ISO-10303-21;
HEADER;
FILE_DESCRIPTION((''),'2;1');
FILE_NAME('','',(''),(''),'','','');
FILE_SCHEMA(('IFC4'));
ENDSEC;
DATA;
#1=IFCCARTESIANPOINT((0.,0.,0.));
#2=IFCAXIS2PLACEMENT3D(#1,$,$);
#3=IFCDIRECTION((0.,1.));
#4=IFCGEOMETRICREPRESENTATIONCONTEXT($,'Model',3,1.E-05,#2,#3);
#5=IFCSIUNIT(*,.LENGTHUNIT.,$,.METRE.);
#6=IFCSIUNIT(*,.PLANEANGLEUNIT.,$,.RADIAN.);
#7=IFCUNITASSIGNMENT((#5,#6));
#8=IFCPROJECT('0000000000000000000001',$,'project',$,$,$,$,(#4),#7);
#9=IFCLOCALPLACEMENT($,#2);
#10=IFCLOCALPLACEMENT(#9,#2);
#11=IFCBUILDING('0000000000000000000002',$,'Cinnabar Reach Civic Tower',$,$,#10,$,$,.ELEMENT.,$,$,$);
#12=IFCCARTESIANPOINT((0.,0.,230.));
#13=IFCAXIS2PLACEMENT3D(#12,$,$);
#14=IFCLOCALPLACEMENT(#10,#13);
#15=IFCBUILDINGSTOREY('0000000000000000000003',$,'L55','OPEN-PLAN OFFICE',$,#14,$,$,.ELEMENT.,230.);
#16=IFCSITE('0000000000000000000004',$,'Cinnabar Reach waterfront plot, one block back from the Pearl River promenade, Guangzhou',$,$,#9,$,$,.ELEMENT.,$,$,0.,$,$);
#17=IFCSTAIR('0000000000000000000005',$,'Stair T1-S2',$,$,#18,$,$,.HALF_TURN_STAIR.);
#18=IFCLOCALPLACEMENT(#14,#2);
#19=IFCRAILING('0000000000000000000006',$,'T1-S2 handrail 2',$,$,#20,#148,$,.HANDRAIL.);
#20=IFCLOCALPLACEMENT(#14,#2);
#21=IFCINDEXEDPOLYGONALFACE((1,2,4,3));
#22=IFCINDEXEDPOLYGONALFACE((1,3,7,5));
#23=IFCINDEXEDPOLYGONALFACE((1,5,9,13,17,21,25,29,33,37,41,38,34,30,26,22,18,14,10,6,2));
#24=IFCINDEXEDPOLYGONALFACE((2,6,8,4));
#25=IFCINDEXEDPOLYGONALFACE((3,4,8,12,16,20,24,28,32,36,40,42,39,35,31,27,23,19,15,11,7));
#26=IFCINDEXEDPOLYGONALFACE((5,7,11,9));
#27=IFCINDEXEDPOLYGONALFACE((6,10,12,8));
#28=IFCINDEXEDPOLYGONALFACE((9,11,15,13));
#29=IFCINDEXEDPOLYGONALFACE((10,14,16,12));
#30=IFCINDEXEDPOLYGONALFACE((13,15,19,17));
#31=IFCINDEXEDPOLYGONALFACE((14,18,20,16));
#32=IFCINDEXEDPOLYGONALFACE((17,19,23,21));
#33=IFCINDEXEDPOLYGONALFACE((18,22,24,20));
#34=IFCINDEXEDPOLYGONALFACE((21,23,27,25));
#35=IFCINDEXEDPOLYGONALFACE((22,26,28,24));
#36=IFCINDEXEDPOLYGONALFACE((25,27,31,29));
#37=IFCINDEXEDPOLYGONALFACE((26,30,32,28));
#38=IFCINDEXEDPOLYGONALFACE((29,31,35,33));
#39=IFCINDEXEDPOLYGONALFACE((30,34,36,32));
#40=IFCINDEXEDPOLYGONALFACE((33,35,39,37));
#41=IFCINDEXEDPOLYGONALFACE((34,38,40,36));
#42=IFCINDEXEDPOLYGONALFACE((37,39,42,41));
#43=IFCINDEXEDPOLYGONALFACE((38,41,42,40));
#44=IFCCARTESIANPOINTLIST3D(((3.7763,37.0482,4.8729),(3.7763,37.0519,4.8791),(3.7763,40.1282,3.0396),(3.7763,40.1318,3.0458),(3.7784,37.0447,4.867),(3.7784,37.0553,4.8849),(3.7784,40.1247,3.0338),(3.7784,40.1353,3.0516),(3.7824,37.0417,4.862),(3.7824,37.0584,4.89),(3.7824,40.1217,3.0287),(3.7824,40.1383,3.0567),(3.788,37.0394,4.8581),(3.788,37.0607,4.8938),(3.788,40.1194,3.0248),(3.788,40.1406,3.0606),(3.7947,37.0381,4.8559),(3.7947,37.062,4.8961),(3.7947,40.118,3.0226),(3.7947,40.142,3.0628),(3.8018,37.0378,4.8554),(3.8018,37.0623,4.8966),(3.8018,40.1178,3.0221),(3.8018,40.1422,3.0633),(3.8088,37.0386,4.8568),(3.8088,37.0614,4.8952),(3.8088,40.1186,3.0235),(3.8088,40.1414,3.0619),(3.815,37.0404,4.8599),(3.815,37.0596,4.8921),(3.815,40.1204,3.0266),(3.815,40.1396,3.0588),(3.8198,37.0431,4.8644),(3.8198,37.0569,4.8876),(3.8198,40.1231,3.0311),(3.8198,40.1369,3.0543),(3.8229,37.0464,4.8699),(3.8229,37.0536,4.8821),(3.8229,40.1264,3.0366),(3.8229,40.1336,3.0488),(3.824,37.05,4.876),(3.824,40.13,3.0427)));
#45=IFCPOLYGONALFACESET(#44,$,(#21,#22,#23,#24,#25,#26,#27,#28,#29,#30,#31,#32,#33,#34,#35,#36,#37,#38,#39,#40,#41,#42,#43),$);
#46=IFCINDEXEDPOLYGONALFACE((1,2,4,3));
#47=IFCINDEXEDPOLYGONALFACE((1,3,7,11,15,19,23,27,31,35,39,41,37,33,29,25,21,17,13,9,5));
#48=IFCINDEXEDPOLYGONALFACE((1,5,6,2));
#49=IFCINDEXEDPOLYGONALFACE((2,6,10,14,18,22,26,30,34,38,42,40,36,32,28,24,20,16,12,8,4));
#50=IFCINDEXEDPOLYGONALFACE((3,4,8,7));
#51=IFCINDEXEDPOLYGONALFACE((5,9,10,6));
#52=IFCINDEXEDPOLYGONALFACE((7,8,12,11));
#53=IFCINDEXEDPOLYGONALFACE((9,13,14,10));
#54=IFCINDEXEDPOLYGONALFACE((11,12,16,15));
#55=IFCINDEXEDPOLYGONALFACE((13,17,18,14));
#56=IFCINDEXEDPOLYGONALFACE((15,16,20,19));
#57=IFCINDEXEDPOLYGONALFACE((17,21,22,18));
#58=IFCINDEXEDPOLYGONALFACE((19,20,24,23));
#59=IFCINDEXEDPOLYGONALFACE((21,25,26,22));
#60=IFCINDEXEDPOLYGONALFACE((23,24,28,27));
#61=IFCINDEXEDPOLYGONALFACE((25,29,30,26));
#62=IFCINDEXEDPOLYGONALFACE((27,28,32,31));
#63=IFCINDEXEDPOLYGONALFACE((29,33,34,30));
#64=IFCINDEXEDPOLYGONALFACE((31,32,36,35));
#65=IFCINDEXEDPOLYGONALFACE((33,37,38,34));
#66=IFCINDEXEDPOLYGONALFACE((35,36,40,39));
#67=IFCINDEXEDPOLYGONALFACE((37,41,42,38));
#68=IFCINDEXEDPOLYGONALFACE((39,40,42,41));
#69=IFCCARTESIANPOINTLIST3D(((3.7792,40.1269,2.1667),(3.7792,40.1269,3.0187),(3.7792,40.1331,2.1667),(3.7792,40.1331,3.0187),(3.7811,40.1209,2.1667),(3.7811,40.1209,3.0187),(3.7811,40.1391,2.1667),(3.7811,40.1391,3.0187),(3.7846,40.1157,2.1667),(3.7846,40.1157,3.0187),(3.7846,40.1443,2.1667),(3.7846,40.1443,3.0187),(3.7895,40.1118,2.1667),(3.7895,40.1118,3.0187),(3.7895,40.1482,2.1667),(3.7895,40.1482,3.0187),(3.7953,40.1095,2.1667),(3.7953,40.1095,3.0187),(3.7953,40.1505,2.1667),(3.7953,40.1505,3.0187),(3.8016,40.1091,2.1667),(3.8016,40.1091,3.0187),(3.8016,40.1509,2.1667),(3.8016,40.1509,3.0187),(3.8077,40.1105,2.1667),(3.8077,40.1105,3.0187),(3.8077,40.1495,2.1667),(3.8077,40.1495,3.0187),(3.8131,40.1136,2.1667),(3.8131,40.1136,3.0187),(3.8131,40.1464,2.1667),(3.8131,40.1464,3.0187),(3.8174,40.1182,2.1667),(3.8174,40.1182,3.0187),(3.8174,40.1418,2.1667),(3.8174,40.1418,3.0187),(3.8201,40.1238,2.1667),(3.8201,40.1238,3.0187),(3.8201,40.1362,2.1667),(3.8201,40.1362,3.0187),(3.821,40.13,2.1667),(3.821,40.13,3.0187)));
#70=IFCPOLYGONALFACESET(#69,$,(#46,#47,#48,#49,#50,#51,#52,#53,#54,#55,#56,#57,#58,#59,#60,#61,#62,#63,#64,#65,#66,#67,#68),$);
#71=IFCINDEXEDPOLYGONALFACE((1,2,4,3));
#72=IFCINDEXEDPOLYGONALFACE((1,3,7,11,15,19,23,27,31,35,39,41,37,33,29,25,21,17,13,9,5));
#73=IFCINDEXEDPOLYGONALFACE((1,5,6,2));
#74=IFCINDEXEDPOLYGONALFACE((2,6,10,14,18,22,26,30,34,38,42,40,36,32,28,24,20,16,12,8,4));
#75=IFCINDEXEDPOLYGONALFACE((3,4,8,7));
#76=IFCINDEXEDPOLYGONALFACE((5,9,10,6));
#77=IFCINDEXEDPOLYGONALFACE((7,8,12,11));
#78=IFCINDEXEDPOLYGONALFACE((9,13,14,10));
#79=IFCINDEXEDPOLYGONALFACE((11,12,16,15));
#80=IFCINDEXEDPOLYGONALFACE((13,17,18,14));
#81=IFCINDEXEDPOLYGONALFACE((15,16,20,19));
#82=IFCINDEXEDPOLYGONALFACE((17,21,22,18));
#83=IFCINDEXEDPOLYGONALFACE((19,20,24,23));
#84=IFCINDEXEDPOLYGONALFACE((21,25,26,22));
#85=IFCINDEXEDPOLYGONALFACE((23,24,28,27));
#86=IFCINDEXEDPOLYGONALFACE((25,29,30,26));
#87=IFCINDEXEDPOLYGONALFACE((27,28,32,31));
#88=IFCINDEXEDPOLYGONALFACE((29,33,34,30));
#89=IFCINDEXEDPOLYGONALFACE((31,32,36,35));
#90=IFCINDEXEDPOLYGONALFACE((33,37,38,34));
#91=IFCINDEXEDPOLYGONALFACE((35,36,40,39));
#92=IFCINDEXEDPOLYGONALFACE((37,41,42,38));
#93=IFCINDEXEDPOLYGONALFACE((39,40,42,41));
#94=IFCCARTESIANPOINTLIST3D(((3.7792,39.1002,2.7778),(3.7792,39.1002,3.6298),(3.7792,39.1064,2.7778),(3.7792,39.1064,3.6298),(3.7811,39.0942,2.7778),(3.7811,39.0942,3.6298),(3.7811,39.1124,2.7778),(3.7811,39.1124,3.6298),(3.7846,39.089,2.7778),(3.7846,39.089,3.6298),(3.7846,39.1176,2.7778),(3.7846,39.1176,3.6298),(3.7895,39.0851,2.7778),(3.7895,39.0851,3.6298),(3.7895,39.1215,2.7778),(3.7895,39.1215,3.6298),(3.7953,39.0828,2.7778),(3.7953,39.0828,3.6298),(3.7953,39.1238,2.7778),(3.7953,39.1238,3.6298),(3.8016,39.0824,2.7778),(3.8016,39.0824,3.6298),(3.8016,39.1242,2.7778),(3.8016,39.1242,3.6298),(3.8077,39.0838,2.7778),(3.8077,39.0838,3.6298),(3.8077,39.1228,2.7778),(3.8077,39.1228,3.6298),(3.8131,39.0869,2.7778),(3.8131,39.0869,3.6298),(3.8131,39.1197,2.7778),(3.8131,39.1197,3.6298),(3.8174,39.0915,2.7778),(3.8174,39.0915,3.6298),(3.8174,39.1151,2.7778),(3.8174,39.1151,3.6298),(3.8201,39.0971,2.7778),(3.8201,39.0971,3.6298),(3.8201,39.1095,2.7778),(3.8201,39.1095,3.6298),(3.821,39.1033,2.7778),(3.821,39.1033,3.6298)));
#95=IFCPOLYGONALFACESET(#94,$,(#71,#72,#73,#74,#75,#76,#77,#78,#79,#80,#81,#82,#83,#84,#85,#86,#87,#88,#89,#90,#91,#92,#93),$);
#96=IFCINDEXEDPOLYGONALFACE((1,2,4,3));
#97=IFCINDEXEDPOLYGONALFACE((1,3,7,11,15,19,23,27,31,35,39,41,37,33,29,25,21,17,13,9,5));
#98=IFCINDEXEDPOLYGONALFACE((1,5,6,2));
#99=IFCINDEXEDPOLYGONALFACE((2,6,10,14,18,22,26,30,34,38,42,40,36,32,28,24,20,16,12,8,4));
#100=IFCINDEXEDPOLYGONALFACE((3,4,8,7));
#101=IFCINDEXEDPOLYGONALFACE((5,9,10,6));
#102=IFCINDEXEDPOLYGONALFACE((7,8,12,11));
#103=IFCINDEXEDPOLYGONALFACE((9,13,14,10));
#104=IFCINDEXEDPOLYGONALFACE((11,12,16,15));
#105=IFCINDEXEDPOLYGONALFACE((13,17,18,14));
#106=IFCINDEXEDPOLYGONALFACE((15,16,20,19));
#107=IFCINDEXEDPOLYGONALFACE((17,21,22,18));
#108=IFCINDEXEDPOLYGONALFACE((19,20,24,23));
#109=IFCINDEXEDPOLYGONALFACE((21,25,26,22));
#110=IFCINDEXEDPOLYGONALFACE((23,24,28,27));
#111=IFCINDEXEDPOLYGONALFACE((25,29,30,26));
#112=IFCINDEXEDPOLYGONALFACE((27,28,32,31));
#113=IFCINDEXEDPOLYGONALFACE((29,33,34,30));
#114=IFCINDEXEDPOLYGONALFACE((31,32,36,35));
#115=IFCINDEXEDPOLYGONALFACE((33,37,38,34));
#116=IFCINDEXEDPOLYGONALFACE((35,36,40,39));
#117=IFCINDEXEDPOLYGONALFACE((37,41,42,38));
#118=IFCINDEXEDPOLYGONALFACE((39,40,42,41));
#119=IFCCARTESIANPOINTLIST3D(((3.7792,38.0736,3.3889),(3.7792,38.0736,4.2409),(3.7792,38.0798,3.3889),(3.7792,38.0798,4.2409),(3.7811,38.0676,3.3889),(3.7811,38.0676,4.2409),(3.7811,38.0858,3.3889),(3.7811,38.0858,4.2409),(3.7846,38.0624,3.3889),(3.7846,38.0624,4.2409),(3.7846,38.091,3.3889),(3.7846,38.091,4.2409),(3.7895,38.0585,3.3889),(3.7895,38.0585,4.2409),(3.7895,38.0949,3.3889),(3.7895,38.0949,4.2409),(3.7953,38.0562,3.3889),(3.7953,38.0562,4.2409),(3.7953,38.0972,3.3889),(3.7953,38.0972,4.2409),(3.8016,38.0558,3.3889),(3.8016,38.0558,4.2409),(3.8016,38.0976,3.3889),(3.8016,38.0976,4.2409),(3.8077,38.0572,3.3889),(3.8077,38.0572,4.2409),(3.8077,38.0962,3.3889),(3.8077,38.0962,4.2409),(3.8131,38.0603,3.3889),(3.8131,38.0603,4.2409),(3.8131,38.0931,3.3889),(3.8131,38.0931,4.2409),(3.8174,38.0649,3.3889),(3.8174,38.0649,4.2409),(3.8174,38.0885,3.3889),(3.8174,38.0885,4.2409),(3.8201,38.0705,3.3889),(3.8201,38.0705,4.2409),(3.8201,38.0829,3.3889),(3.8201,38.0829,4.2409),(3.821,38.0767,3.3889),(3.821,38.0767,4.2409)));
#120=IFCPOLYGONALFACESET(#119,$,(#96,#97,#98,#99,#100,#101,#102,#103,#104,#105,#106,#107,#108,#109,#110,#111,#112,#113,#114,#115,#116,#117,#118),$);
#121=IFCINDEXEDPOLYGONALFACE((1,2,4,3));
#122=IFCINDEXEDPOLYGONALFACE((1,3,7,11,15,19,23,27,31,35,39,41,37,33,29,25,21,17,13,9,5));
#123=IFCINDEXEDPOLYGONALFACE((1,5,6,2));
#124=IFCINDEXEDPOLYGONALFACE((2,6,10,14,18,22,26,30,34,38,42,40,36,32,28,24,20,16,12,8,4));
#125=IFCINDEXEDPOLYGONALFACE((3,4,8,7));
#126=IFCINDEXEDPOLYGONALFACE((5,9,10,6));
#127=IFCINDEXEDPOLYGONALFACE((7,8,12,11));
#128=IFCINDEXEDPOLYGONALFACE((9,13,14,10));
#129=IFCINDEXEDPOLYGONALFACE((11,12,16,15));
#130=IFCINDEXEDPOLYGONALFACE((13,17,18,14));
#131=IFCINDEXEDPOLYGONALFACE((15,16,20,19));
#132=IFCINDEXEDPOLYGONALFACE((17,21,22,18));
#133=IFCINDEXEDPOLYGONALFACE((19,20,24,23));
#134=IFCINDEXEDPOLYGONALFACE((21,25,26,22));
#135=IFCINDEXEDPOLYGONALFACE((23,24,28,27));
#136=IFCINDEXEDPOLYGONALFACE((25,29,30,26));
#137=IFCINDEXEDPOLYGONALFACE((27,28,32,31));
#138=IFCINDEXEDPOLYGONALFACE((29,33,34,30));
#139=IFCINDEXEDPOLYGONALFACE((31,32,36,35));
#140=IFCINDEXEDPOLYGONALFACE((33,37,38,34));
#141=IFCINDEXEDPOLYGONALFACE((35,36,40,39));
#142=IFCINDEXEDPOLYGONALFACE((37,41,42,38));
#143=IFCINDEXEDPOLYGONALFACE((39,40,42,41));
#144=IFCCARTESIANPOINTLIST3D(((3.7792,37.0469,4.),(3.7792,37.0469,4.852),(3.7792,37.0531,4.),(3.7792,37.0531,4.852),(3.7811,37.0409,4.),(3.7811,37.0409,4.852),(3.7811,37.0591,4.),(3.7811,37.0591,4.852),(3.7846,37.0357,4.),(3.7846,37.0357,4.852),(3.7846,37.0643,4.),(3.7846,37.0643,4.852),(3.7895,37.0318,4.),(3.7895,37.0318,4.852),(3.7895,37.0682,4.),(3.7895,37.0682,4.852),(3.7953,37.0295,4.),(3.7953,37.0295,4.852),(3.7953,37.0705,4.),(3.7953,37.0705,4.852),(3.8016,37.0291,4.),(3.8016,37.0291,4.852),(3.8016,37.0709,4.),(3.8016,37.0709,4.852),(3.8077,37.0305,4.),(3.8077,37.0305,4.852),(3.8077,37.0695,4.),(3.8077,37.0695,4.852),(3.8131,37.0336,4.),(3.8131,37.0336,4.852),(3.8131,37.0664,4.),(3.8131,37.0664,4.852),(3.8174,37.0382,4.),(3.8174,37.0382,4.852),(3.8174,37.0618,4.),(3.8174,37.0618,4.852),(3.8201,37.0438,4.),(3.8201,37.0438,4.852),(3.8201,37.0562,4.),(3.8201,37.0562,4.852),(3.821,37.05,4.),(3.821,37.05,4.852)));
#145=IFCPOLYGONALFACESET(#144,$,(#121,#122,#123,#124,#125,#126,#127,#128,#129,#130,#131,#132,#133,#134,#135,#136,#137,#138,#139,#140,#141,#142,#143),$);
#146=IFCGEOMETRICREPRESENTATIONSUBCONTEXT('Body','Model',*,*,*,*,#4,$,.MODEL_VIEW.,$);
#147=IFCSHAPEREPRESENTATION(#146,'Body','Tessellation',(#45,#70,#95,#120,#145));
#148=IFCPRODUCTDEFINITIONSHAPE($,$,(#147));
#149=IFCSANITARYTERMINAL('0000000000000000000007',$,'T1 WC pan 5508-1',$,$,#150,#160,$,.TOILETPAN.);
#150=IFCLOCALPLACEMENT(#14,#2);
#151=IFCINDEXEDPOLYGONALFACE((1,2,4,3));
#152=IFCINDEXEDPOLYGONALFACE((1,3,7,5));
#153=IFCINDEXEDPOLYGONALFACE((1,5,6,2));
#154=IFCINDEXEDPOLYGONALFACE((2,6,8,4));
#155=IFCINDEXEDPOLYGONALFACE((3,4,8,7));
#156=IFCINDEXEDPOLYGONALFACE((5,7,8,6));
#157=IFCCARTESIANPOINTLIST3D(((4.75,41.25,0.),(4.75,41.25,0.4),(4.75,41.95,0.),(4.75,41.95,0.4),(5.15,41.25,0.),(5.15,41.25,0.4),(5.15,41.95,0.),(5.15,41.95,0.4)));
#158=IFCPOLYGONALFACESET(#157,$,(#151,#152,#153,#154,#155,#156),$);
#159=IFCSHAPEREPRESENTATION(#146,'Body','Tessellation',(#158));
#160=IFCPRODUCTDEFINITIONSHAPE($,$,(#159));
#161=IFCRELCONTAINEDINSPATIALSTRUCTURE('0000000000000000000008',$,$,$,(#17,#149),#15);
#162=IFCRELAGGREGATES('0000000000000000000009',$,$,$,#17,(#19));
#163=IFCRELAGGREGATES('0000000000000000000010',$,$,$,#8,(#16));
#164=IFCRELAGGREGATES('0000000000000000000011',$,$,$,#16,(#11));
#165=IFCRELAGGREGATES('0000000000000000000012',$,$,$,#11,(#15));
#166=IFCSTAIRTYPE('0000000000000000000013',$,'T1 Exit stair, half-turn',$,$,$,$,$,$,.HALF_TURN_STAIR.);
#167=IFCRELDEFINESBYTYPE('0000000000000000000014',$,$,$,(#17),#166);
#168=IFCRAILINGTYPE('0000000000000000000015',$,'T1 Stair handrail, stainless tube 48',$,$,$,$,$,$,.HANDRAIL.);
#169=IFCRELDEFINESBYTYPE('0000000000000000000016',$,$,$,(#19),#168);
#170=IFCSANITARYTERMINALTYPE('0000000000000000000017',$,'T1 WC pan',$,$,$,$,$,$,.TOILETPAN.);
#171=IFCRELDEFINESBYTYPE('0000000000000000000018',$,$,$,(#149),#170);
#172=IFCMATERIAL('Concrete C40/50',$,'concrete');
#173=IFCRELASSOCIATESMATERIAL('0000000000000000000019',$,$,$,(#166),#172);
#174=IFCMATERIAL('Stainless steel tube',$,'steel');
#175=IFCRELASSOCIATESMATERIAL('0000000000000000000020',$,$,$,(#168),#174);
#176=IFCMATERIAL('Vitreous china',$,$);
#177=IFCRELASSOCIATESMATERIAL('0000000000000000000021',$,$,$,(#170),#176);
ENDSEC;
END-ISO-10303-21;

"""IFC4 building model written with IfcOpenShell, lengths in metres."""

from ifc_helpers import new_model, si_unit, direction, frame, origin, origin_2d, place, context, subcontext, project, spatial, rectangle, circle, extrude, material, type_object, element, aggregate, save


model = new_model("IFC4")

# Units and contexts
model_context = context("Model", 3, precision=1e-05, world=origin(), true_north=direction((0.0, 1.0)))
body_context = subcontext(model_context, "Body", "Model", "MODEL_VIEW")
ifc_project = project(units=[si_unit("LENGTHUNIT", "METRE"), si_unit("PLANEANGLEUNIT", "RADIAN")], contexts=[model_context])

# Site, building, storey
site_placement = place(None, origin())
site = spatial("IfcSite", under=ifc_project, at=site_placement, Name="Cinnabar Reach waterfront plot, one block back from the Pearl River promenade, Guangzhou", CompositionType="ELEMENT", RefElevation=0.0)
building_placement = place(site_placement, origin())
building = spatial("IfcBuilding", under=site, at=building_placement, Name="Cinnabar Reach Civic Tower", CompositionType="ELEMENT")
storey_placement = place(building_placement, frame((0.0, 0.0, 230.0)))
storey = spatial("IfcBuildingStorey", under=building, at=storey_placement, Name="L55", Description="OPEN-PLAN OFFICE", CompositionType="ELEMENT", Elevation=230.0)

# Shared definitions
ifc_material_1 = material(Name="Concrete C40/50", Category="concrete")

# Stair, railing
stair_type = type_object("IfcStairType", Name="T1 Exit stair, half-turn", PredefinedType="HALF_TURN_STAIR", material=ifc_material_1)
stair_placement = place(storey_placement, origin())
stair = element("IfcStair", 1, at=stair_placement, inside=storey, type_object=stair_type, Name="Stair T1-S2", PredefinedType="HALF_TURN_STAIR")
ifc_material_2 = material(Name="Stainless steel tube", Category="steel")
railing_type = type_object("IfcRailingType", Name="T1 Stair handrail, stainless tube 48", PredefinedType="HANDRAIL", material=ifc_material_2)
railing_1_placement = place(storey_placement, frame((3.8, 40.13, 2.1667)))
railing_1 = element("IfcRailing", 2, at=railing_1_placement, type_object=railing_type, Name="T1-S2 handrail 2", PredefinedType="HANDRAIL", context=body_context, shape_type="SweptSolid", body=[
    extrude(circle(Radius=0.024, at=origin_2d()), frame((0.0, 0.0, 0.876), z_axis=(0.0, -0.859297, 0.511477), x_axis=(1.0, 0.0, 0.0)), (0.0, 0.0, 1.0), 3.5843),
    extrude(circle(Radius=0.021, at=origin_2d()), origin(), (0.0, 0.0, 1.0), 0.852),
    extrude(circle(Radius=0.021, at=origin_2d()), frame((0.0, -1.0267, 0.6111)), (0.0, 0.0, 1.0), 0.852),
    extrude(circle(Radius=0.021, at=origin_2d()), frame((0.0, -2.0533, 1.2222)), (0.0, 0.0, 1.0), 0.852),
    extrude(circle(Radius=0.021, at=origin_2d()), frame((0.0, -3.08, 1.8333)), (0.0, 0.0, 1.0), 0.852),
])
aggregate(stair, [railing_1])

# Sanitary terminal
ifc_material_3 = material(Name="Vitreous china")
sanitary_terminal_type = type_object("IfcSanitaryTerminalType", Name="T1 WC pan", PredefinedType="TOILETPAN", material=ifc_material_3)
sanitary_terminal_placement = place(storey_placement, frame((4.95, 41.6, 0.0), z_axis=(0.0, 0.0, 1.0), x_axis=(1.0, 0.0, 0.0)))
element("IfcSanitaryTerminal", 3, at=sanitary_terminal_placement, inside=storey, type_object=sanitary_terminal_type, Name="T1 WC pan 5508-1", PredefinedType="TOILETPAN", context=body_context, shape_type="SweptSolid", body=[
    extrude(rectangle(XDim=0.4, YDim=0.7, at=origin_2d()), origin(), (0.0, 0.0, 1.0), 0.4),
])

save(model, "model.ifc")
